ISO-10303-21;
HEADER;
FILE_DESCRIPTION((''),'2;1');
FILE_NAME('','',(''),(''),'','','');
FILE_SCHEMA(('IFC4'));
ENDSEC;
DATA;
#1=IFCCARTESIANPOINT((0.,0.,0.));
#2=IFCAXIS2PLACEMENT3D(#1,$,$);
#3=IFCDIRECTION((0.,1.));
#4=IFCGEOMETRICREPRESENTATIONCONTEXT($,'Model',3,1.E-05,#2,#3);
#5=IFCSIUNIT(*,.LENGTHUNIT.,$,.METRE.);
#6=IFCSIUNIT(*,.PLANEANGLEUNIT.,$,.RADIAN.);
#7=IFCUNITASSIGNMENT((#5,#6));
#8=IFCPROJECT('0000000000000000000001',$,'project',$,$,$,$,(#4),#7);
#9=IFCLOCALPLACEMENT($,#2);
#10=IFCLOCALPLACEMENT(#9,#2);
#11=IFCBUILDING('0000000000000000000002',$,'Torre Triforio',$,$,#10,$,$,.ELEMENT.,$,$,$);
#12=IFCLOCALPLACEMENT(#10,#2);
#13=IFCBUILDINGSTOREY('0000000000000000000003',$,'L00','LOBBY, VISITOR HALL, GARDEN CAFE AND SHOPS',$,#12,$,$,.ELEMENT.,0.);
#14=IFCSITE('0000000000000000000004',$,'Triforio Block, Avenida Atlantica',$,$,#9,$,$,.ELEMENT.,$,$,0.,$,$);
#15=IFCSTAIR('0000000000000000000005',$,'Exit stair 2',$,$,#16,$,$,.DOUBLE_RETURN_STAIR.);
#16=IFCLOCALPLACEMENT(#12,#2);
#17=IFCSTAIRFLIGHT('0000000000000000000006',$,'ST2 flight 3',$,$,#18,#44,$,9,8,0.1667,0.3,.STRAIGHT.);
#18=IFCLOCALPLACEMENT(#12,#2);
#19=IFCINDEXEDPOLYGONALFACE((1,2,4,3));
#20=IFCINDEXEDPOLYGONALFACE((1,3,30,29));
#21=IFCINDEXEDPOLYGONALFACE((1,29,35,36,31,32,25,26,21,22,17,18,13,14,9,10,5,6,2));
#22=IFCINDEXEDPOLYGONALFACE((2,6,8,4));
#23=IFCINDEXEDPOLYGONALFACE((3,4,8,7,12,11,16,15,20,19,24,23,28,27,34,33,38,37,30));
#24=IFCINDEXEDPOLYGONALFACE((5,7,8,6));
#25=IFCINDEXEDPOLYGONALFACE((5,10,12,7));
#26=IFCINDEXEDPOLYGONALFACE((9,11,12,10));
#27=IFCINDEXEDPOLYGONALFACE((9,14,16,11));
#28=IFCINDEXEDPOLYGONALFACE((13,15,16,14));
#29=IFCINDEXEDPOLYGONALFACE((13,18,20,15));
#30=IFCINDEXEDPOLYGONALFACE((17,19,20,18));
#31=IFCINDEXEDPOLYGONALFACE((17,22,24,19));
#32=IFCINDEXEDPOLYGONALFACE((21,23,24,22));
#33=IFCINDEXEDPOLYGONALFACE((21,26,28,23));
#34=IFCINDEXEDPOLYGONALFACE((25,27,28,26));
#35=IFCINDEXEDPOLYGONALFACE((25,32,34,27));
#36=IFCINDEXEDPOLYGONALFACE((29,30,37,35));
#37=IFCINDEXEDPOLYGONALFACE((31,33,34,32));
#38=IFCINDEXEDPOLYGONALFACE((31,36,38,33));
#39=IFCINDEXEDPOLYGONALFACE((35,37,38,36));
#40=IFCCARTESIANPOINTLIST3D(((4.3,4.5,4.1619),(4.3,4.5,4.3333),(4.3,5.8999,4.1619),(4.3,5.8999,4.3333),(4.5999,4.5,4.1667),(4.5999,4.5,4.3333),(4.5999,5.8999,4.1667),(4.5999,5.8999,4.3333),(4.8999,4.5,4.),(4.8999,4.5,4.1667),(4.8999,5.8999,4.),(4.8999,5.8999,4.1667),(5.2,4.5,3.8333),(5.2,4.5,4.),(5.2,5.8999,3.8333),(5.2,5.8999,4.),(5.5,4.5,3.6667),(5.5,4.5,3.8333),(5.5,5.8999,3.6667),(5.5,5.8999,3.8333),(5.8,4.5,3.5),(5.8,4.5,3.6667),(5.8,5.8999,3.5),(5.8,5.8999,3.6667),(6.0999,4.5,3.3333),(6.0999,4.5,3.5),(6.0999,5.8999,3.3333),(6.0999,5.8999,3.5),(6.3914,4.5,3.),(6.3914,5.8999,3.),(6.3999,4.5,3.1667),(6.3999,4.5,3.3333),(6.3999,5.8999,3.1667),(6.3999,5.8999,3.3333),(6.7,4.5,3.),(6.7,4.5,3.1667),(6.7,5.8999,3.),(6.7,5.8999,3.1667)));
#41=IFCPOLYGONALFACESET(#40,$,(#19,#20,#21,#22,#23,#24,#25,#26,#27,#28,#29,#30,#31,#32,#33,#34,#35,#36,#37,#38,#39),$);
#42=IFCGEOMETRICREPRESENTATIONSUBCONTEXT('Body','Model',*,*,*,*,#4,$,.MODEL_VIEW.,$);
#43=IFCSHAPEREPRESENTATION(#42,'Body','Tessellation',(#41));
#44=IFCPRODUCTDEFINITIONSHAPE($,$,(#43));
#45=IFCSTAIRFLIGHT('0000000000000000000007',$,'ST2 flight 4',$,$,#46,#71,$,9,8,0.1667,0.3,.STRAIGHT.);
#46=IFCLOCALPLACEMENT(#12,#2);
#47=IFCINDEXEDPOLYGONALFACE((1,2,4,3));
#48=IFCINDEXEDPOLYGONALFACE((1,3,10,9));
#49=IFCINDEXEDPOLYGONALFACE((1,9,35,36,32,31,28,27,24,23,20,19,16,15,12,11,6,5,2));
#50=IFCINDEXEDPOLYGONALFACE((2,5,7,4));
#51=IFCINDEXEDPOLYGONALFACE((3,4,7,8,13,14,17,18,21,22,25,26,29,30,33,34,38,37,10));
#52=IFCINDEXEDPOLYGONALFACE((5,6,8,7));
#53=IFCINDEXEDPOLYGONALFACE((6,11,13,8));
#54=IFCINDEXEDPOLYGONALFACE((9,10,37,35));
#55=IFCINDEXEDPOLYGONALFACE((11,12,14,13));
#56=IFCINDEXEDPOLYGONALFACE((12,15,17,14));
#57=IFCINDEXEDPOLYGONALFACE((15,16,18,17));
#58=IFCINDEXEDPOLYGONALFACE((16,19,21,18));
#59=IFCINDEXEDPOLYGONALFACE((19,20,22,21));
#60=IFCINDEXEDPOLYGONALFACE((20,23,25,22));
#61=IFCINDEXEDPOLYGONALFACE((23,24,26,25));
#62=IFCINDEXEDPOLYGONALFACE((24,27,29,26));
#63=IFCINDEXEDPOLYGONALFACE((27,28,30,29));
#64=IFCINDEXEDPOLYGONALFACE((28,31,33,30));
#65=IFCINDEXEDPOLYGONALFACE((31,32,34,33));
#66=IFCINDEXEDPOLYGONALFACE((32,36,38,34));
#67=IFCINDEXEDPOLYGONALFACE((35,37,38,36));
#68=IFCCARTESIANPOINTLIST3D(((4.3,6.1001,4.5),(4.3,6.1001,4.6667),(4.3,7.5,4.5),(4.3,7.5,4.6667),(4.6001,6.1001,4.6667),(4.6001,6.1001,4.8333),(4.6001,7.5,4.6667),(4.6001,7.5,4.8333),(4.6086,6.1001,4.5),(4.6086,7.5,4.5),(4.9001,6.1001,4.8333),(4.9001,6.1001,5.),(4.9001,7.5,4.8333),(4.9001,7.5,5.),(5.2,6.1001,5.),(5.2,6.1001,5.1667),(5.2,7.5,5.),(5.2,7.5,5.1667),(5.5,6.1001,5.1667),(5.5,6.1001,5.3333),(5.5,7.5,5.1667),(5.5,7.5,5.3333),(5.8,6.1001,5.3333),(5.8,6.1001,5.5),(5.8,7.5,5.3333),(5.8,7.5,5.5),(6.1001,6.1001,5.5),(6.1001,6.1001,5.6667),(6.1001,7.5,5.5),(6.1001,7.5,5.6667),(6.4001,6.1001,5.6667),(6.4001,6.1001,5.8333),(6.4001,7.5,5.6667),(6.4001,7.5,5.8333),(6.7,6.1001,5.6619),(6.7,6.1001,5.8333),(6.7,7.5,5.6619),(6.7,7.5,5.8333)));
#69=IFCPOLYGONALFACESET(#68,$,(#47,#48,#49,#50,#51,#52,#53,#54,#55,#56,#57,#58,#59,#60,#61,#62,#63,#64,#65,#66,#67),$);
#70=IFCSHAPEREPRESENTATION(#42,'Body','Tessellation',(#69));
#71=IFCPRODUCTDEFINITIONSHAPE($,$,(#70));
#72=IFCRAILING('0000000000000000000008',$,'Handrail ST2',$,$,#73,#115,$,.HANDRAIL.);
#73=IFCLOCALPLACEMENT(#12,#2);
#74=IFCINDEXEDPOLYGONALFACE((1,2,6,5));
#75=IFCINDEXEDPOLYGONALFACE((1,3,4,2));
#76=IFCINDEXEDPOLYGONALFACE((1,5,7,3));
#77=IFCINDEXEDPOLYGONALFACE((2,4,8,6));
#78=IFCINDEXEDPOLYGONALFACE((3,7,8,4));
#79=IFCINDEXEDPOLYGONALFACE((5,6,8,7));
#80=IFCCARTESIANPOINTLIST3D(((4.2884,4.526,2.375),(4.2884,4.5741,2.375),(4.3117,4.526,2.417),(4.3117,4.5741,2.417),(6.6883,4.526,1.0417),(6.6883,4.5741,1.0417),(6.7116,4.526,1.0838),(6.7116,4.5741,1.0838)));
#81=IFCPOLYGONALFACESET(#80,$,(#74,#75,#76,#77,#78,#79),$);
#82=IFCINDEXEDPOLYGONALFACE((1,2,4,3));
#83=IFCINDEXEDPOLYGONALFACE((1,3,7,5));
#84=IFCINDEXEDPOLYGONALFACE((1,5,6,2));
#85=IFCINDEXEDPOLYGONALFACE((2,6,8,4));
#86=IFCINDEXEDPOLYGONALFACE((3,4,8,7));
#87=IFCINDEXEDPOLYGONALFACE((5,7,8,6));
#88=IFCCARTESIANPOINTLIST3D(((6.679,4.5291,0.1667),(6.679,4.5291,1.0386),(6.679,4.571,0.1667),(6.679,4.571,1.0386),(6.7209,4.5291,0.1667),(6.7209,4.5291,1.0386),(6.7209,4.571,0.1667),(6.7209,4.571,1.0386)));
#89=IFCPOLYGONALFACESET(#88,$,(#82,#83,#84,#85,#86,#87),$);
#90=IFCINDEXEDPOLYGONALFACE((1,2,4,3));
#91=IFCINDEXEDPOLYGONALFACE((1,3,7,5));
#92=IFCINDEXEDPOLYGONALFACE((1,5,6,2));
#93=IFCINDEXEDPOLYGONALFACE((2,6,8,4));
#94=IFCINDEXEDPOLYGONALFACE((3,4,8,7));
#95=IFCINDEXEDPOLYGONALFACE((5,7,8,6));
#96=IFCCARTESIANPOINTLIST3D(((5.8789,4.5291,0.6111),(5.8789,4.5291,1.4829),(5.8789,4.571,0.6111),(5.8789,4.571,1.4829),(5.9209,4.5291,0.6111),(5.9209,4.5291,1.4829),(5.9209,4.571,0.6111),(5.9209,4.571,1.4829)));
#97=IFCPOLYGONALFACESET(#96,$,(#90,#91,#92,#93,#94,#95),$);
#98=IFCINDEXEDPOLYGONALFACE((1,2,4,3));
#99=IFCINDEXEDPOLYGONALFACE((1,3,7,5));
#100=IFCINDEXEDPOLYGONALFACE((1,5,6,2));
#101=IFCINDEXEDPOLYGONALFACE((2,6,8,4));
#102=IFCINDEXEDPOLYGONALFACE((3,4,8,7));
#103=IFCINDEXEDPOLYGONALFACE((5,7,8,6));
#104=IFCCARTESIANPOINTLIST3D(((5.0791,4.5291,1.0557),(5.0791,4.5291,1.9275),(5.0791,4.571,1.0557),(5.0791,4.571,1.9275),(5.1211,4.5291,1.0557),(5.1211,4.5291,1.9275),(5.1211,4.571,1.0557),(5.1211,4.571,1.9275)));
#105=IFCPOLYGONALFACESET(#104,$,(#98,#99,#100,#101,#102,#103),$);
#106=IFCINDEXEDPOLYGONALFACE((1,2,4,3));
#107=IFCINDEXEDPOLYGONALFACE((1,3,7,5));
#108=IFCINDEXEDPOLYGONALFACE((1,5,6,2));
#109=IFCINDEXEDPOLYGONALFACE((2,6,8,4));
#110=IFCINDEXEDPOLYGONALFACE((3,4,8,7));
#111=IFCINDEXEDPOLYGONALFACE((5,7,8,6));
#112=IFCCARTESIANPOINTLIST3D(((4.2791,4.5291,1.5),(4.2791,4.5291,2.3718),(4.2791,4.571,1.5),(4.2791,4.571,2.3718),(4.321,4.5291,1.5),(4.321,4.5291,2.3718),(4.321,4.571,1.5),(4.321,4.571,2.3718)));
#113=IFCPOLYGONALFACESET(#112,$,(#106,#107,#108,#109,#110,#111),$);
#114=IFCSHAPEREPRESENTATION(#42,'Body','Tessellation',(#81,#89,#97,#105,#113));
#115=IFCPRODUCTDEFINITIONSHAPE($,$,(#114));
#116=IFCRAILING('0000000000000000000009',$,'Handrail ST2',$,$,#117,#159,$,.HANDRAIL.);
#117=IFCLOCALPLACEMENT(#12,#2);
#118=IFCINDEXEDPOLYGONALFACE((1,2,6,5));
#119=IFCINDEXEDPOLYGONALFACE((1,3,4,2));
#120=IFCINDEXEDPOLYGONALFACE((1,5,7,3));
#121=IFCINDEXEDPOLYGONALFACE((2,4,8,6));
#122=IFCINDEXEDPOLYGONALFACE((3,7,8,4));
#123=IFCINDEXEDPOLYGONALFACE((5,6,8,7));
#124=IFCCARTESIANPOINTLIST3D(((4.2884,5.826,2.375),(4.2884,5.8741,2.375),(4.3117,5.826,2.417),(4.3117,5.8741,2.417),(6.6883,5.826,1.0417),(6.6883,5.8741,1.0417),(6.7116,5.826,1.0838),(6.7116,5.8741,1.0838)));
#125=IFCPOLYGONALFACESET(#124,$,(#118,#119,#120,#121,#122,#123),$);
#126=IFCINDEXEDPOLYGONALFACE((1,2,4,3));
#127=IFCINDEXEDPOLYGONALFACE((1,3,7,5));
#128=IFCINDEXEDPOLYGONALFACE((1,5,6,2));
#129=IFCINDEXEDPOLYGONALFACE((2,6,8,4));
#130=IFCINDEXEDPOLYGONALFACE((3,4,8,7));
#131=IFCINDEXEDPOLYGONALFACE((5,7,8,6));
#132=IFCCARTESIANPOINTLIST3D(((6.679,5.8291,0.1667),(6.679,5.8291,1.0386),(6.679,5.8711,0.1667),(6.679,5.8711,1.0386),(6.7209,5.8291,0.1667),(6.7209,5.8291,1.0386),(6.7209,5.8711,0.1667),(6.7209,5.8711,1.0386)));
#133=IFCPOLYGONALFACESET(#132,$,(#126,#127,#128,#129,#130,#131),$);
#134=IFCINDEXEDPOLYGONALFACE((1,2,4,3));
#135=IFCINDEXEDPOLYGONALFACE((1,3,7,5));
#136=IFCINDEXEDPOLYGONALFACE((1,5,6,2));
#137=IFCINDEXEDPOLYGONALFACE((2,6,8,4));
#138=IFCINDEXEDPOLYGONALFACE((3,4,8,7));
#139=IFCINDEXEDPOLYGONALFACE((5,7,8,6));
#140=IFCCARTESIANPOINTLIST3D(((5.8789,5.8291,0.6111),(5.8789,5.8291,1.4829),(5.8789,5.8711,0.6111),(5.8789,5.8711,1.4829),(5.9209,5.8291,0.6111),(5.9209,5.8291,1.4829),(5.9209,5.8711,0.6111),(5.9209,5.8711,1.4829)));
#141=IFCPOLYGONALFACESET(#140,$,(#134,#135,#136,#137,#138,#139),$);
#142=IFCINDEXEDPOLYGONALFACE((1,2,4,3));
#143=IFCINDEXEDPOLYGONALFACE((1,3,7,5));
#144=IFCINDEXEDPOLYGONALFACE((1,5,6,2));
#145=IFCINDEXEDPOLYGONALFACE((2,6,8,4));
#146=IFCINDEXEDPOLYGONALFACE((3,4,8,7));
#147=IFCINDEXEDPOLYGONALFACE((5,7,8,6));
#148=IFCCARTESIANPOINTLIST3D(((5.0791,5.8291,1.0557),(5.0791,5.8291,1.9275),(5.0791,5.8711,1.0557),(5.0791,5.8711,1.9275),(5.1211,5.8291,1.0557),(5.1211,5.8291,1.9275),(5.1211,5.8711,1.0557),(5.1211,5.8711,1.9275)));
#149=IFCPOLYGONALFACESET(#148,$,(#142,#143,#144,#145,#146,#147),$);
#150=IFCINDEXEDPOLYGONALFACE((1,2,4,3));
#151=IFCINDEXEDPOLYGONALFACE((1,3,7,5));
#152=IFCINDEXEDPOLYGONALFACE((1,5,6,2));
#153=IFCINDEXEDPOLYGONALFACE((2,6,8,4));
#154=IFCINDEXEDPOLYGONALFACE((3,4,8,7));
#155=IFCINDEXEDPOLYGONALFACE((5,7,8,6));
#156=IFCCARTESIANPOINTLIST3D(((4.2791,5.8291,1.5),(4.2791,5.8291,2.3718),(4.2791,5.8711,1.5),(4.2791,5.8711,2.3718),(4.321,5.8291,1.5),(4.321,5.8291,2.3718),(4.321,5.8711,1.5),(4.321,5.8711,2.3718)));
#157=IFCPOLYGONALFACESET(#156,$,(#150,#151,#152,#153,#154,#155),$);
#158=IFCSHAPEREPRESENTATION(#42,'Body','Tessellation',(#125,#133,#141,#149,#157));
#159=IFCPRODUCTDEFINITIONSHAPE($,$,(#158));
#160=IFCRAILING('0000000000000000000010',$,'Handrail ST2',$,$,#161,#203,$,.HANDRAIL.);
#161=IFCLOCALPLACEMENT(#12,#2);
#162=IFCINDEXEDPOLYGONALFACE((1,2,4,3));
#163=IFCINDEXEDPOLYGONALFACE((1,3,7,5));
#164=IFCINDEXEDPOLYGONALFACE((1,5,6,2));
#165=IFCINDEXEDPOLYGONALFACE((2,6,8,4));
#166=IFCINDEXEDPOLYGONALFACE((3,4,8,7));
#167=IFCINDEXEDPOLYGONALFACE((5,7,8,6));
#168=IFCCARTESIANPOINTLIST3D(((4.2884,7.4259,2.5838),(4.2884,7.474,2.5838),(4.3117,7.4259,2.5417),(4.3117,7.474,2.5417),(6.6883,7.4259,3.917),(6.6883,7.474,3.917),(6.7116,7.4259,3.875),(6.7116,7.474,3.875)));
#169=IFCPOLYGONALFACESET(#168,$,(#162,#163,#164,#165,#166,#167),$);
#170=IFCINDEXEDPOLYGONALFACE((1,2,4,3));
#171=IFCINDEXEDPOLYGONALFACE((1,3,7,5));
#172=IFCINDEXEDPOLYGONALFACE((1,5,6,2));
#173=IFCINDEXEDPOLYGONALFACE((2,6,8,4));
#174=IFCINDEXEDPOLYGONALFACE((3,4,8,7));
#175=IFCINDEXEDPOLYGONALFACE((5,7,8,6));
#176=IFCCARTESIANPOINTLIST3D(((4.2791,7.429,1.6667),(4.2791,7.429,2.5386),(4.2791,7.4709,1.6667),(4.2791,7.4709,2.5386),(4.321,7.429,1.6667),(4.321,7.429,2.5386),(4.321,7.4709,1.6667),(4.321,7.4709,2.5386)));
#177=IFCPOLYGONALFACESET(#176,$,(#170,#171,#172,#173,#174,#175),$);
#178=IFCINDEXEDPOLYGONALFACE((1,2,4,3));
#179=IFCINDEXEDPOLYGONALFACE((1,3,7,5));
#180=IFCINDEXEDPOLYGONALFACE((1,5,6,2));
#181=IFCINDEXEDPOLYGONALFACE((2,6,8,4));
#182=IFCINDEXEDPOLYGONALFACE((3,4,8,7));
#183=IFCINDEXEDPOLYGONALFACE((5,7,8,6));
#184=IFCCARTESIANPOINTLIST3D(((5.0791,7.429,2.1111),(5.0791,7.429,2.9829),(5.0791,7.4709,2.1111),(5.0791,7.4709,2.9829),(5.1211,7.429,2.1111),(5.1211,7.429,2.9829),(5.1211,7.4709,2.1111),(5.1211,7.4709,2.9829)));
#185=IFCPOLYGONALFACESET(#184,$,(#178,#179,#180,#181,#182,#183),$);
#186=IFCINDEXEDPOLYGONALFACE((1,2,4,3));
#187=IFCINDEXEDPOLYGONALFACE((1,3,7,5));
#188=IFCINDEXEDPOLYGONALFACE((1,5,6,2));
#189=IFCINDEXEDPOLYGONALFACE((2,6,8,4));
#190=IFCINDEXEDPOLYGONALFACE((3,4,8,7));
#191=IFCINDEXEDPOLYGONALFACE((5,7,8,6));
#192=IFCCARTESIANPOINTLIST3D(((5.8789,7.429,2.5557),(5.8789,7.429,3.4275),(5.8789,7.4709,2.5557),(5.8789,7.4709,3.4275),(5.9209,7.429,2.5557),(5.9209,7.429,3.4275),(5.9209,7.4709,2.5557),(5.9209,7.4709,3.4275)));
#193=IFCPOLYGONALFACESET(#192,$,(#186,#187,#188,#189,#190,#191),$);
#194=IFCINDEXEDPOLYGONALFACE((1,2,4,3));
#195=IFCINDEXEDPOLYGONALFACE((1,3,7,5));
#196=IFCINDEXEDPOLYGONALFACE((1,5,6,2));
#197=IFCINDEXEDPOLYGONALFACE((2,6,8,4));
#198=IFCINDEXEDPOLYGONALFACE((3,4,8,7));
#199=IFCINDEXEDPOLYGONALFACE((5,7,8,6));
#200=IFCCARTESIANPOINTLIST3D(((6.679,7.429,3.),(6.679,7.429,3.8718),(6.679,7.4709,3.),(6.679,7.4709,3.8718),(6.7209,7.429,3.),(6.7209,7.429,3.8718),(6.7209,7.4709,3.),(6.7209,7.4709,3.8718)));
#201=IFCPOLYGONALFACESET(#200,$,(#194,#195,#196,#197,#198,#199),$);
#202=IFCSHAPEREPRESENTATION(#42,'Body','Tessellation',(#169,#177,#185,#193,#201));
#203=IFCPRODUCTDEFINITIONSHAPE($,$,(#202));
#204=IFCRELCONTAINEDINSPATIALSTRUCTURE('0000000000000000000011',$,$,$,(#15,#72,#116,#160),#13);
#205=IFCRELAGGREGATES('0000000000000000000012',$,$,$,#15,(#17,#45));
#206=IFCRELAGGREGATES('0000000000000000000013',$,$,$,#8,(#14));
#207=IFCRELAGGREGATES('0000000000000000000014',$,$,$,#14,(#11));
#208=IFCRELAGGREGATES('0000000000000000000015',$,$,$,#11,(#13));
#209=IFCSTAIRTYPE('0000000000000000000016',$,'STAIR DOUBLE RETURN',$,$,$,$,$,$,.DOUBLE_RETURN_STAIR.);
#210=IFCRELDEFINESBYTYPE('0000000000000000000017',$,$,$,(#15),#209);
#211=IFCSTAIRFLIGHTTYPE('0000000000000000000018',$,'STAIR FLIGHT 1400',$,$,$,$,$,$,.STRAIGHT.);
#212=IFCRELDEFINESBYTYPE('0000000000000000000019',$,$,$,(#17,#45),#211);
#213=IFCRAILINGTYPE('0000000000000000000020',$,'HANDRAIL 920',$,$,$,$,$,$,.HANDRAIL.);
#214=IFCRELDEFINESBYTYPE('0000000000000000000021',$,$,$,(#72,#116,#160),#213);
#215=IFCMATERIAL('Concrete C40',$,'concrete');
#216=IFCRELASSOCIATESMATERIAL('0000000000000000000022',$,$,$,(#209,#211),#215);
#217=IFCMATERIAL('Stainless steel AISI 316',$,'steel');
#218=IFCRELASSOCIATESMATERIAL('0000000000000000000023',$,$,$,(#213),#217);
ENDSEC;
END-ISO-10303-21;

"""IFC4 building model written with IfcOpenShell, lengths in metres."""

from ifc_helpers import new_model, si_unit, direction, frame, origin, origin_2d, place, context, subcontext, project, spatial, polyline, rectangle, outline, extrude, material, type_object, element, aggregate, save


model = new_model("IFC4")

# Units and contexts
model_context = context("Model", 3, precision=1e-05, world=origin(), true_north=direction((0.0, 1.0)))
body_context = subcontext(model_context, "Body", "Model", "MODEL_VIEW")
ifc_project = project(units=[si_unit("LENGTHUNIT", "METRE"), si_unit("PLANEANGLEUNIT", "RADIAN")], contexts=[model_context])

# Site, building, storey
site_placement = place(None, origin())
site = spatial("IfcSite", under=ifc_project, at=site_placement, Name="Triforio Block, Avenida Atlantica", CompositionType="ELEMENT", RefElevation=0.0)
building_placement = place(site_placement, origin())
building = spatial("IfcBuilding", under=site, at=building_placement, Name="Torre Triforio", CompositionType="ELEMENT")
storey_placement = place(building_placement, origin())
storey = spatial("IfcBuildingStorey", under=building, at=storey_placement, Name="L00", Description="LOBBY, VISITOR HALL, GARDEN CAFE AND SHOPS", CompositionType="ELEMENT", Elevation=0.0)

# Shared definitions
ifc_material_1 = material(Name="Concrete C40", Category="concrete")

# Stair, stair flights
stair_type = type_object("IfcStairType", Name="STAIR DOUBLE RETURN", PredefinedType="DOUBLE_RETURN_STAIR", material=ifc_material_1)
stair_placement = place(storey_placement, origin())
stair = element("IfcStair", 1, at=stair_placement, inside=storey, type_object=stair_type, Name="Exit stair 2", PredefinedType="DOUBLE_RETURN_STAIR")
stair_flight_type = type_object("IfcStairFlightType", Name="STAIR FLIGHT 1400", PredefinedType="STRAIGHT", material=ifc_material_1)
stair_flight_1_placement = place(storey_placement, frame((6.7, 5.2, 3.0), z_axis=(0.0, 0.0, 1.0), x_axis=(-1.0, 0.0, 0.0)))
stair_flight_1 = element("IfcStairFlight", 2, at=stair_flight_1_placement, type_object=stair_flight_type, Name="ST2 flight 3", NumberOfRisers=9, NumberOfTreads=8, PredefinedType="STRAIGHT", RiserHeight=0.1667, TreadLength=0.3, context=body_context, shape_type="SweptSolid", body=[
    extrude(outline(polyline([(0.0, 0.0), (0.0, 0.1667), (0.3, 0.1667), (0.3, 0.3333), (0.6001, 0.3333), (0.6001, 0.5), (0.8999, 0.5), (0.8999, 0.6667), (1.2, 0.6667), (1.2, 0.8333), (1.5, 0.8333), (1.5, 1.0), (1.8, 1.0), (1.8, 1.1667), (2.1001, 1.1667), (2.1001, 1.3333), (2.3999, 1.3333), (2.3999, 1.5), (2.3999, 1.1619), (0.3086, 0.0), (0.0, 0.0)])), frame((0.0, 0.7, 0.0), z_axis=(0.0, -1.0, 0.0), x_axis=(1.0, 0.0, 0.0)), (0.0, 0.0, 1.0), 1.3999),
])
stair_flight_2_placement = place(storey_placement, frame((4.3, 6.8, 4.5), z_axis=(0.0, 0.0, 1.0), x_axis=(1.0, 0.0, 0.0)))
stair_flight_2 = element("IfcStairFlight", 3, at=stair_flight_2_placement, type_object=stair_flight_type, Name="ST2 flight 4", NumberOfRisers=9, NumberOfTreads=8, PredefinedType="STRAIGHT", RiserHeight=0.1667, TreadLength=0.3, context=body_context, shape_type="SweptSolid", body=[
    extrude(outline(polyline([(0.0, 0.0), (0.0, 0.1667), (0.3, 0.1667), (0.3, 0.3333), (0.6001, 0.3333), (0.6001, 0.5), (0.8999, 0.5), (0.8999, 0.6667), (1.2, 0.6667), (1.2, 0.8333), (1.5, 0.8333), (1.5, 1.0), (1.8, 1.0), (1.8, 1.1667), (2.1001, 1.1667), (2.1001, 1.3333), (2.3999, 1.3333), (2.3999, 1.5), (2.3999, 1.1619), (0.3086, 0.0), (0.0, 0.0)])), frame((0.0, 0.7, 0.0), z_axis=(0.0, -1.0, 0.0), x_axis=(1.0, 0.0, 0.0)), (0.0, 0.0, 1.0), 1.3999),
])
aggregate(stair, [stair_flight_1, stair_flight_2])

# Railings
ifc_material_2 = material(Name="Stainless steel AISI 316", Category="steel")
railing_type = type_object("IfcRailingType", Name="HANDRAIL 920", PredefinedType="HANDRAIL", material=ifc_material_2)
for number, where, name in (
    (4, (6.7, 4.55, 0.1667), "Handrail ST2"),
    (5, (6.7, 5.8501, 0.1667), "Handrail ST2"),
):
    element("IfcRailing", number, at=place(storey_placement, frame(where)), inside=storey, type_object=railing_type, Name=name, PredefinedType="HANDRAIL", context=body_context, shape_type="SweptSolid", body=[
        extrude(rectangle(XDim=0.0481, YDim=0.0481, at=origin_2d()), frame((0.0, 0.0, 0.896), z_axis=(-0.874161, 0.0, 0.485635), x_axis=(0.0, -1.0, 0.0)), (0.0, 0.0, 1.0), 2.7454),
        extrude(rectangle(XDim=0.042, YDim=0.042, at=origin_2d()), origin(), (0.0, 0.0, 1.0), 0.8718),
        extrude(rectangle(XDim=0.042, YDim=0.042, at=origin_2d()), frame((-0.8, 0.0, 0.4443)), (0.0, 0.0, 1.0), 0.8718),
        extrude(rectangle(XDim=0.042, YDim=0.042, at=origin_2d()), frame((-1.5999, 0.0, 0.8889)), (0.0, 0.0, 1.0), 0.8718),
        extrude(rectangle(XDim=0.042, YDim=0.042, at=origin_2d()), frame((-2.3999, 0.0, 1.3333)), (0.0, 0.0, 1.0), 0.8718),
    ])
for number, where, name in (
    (6, (4.3, 7.45, 1.6667), "Handrail ST2"),
):
    element("IfcRailing", number, at=place(storey_placement, frame(where)), inside=storey, type_object=railing_type, Name=name, PredefinedType="HANDRAIL", context=body_context, shape_type="SweptSolid", body=[
        extrude(rectangle(XDim=0.0481, YDim=0.0481, at=origin_2d()), frame((0.0, 0.0, 0.896), z_axis=(0.874161, 0.0, 0.485635), x_axis=(0.0, 1.0, 0.0)), (0.0, 0.0, 1.0), 2.7454),
        extrude(rectangle(XDim=0.042, YDim=0.042, at=origin_2d()), origin(), (0.0, 0.0, 1.0), 0.8718),
        extrude(rectangle(XDim=0.042, YDim=0.042, at=origin_2d()), frame((0.8, 0.0, 0.4443)), (0.0, 0.0, 1.0), 0.8718),
        extrude(rectangle(XDim=0.042, YDim=0.042, at=origin_2d()), frame((1.5999, 0.0, 0.8889)), (0.0, 0.0, 1.0), 0.8718),
        extrude(rectangle(XDim=0.042, YDim=0.042, at=origin_2d()), frame((2.3999, 0.0, 1.3333)), (0.0, 0.0, 1.0), 0.8718),
    ])

save(model, "model.ifc")
